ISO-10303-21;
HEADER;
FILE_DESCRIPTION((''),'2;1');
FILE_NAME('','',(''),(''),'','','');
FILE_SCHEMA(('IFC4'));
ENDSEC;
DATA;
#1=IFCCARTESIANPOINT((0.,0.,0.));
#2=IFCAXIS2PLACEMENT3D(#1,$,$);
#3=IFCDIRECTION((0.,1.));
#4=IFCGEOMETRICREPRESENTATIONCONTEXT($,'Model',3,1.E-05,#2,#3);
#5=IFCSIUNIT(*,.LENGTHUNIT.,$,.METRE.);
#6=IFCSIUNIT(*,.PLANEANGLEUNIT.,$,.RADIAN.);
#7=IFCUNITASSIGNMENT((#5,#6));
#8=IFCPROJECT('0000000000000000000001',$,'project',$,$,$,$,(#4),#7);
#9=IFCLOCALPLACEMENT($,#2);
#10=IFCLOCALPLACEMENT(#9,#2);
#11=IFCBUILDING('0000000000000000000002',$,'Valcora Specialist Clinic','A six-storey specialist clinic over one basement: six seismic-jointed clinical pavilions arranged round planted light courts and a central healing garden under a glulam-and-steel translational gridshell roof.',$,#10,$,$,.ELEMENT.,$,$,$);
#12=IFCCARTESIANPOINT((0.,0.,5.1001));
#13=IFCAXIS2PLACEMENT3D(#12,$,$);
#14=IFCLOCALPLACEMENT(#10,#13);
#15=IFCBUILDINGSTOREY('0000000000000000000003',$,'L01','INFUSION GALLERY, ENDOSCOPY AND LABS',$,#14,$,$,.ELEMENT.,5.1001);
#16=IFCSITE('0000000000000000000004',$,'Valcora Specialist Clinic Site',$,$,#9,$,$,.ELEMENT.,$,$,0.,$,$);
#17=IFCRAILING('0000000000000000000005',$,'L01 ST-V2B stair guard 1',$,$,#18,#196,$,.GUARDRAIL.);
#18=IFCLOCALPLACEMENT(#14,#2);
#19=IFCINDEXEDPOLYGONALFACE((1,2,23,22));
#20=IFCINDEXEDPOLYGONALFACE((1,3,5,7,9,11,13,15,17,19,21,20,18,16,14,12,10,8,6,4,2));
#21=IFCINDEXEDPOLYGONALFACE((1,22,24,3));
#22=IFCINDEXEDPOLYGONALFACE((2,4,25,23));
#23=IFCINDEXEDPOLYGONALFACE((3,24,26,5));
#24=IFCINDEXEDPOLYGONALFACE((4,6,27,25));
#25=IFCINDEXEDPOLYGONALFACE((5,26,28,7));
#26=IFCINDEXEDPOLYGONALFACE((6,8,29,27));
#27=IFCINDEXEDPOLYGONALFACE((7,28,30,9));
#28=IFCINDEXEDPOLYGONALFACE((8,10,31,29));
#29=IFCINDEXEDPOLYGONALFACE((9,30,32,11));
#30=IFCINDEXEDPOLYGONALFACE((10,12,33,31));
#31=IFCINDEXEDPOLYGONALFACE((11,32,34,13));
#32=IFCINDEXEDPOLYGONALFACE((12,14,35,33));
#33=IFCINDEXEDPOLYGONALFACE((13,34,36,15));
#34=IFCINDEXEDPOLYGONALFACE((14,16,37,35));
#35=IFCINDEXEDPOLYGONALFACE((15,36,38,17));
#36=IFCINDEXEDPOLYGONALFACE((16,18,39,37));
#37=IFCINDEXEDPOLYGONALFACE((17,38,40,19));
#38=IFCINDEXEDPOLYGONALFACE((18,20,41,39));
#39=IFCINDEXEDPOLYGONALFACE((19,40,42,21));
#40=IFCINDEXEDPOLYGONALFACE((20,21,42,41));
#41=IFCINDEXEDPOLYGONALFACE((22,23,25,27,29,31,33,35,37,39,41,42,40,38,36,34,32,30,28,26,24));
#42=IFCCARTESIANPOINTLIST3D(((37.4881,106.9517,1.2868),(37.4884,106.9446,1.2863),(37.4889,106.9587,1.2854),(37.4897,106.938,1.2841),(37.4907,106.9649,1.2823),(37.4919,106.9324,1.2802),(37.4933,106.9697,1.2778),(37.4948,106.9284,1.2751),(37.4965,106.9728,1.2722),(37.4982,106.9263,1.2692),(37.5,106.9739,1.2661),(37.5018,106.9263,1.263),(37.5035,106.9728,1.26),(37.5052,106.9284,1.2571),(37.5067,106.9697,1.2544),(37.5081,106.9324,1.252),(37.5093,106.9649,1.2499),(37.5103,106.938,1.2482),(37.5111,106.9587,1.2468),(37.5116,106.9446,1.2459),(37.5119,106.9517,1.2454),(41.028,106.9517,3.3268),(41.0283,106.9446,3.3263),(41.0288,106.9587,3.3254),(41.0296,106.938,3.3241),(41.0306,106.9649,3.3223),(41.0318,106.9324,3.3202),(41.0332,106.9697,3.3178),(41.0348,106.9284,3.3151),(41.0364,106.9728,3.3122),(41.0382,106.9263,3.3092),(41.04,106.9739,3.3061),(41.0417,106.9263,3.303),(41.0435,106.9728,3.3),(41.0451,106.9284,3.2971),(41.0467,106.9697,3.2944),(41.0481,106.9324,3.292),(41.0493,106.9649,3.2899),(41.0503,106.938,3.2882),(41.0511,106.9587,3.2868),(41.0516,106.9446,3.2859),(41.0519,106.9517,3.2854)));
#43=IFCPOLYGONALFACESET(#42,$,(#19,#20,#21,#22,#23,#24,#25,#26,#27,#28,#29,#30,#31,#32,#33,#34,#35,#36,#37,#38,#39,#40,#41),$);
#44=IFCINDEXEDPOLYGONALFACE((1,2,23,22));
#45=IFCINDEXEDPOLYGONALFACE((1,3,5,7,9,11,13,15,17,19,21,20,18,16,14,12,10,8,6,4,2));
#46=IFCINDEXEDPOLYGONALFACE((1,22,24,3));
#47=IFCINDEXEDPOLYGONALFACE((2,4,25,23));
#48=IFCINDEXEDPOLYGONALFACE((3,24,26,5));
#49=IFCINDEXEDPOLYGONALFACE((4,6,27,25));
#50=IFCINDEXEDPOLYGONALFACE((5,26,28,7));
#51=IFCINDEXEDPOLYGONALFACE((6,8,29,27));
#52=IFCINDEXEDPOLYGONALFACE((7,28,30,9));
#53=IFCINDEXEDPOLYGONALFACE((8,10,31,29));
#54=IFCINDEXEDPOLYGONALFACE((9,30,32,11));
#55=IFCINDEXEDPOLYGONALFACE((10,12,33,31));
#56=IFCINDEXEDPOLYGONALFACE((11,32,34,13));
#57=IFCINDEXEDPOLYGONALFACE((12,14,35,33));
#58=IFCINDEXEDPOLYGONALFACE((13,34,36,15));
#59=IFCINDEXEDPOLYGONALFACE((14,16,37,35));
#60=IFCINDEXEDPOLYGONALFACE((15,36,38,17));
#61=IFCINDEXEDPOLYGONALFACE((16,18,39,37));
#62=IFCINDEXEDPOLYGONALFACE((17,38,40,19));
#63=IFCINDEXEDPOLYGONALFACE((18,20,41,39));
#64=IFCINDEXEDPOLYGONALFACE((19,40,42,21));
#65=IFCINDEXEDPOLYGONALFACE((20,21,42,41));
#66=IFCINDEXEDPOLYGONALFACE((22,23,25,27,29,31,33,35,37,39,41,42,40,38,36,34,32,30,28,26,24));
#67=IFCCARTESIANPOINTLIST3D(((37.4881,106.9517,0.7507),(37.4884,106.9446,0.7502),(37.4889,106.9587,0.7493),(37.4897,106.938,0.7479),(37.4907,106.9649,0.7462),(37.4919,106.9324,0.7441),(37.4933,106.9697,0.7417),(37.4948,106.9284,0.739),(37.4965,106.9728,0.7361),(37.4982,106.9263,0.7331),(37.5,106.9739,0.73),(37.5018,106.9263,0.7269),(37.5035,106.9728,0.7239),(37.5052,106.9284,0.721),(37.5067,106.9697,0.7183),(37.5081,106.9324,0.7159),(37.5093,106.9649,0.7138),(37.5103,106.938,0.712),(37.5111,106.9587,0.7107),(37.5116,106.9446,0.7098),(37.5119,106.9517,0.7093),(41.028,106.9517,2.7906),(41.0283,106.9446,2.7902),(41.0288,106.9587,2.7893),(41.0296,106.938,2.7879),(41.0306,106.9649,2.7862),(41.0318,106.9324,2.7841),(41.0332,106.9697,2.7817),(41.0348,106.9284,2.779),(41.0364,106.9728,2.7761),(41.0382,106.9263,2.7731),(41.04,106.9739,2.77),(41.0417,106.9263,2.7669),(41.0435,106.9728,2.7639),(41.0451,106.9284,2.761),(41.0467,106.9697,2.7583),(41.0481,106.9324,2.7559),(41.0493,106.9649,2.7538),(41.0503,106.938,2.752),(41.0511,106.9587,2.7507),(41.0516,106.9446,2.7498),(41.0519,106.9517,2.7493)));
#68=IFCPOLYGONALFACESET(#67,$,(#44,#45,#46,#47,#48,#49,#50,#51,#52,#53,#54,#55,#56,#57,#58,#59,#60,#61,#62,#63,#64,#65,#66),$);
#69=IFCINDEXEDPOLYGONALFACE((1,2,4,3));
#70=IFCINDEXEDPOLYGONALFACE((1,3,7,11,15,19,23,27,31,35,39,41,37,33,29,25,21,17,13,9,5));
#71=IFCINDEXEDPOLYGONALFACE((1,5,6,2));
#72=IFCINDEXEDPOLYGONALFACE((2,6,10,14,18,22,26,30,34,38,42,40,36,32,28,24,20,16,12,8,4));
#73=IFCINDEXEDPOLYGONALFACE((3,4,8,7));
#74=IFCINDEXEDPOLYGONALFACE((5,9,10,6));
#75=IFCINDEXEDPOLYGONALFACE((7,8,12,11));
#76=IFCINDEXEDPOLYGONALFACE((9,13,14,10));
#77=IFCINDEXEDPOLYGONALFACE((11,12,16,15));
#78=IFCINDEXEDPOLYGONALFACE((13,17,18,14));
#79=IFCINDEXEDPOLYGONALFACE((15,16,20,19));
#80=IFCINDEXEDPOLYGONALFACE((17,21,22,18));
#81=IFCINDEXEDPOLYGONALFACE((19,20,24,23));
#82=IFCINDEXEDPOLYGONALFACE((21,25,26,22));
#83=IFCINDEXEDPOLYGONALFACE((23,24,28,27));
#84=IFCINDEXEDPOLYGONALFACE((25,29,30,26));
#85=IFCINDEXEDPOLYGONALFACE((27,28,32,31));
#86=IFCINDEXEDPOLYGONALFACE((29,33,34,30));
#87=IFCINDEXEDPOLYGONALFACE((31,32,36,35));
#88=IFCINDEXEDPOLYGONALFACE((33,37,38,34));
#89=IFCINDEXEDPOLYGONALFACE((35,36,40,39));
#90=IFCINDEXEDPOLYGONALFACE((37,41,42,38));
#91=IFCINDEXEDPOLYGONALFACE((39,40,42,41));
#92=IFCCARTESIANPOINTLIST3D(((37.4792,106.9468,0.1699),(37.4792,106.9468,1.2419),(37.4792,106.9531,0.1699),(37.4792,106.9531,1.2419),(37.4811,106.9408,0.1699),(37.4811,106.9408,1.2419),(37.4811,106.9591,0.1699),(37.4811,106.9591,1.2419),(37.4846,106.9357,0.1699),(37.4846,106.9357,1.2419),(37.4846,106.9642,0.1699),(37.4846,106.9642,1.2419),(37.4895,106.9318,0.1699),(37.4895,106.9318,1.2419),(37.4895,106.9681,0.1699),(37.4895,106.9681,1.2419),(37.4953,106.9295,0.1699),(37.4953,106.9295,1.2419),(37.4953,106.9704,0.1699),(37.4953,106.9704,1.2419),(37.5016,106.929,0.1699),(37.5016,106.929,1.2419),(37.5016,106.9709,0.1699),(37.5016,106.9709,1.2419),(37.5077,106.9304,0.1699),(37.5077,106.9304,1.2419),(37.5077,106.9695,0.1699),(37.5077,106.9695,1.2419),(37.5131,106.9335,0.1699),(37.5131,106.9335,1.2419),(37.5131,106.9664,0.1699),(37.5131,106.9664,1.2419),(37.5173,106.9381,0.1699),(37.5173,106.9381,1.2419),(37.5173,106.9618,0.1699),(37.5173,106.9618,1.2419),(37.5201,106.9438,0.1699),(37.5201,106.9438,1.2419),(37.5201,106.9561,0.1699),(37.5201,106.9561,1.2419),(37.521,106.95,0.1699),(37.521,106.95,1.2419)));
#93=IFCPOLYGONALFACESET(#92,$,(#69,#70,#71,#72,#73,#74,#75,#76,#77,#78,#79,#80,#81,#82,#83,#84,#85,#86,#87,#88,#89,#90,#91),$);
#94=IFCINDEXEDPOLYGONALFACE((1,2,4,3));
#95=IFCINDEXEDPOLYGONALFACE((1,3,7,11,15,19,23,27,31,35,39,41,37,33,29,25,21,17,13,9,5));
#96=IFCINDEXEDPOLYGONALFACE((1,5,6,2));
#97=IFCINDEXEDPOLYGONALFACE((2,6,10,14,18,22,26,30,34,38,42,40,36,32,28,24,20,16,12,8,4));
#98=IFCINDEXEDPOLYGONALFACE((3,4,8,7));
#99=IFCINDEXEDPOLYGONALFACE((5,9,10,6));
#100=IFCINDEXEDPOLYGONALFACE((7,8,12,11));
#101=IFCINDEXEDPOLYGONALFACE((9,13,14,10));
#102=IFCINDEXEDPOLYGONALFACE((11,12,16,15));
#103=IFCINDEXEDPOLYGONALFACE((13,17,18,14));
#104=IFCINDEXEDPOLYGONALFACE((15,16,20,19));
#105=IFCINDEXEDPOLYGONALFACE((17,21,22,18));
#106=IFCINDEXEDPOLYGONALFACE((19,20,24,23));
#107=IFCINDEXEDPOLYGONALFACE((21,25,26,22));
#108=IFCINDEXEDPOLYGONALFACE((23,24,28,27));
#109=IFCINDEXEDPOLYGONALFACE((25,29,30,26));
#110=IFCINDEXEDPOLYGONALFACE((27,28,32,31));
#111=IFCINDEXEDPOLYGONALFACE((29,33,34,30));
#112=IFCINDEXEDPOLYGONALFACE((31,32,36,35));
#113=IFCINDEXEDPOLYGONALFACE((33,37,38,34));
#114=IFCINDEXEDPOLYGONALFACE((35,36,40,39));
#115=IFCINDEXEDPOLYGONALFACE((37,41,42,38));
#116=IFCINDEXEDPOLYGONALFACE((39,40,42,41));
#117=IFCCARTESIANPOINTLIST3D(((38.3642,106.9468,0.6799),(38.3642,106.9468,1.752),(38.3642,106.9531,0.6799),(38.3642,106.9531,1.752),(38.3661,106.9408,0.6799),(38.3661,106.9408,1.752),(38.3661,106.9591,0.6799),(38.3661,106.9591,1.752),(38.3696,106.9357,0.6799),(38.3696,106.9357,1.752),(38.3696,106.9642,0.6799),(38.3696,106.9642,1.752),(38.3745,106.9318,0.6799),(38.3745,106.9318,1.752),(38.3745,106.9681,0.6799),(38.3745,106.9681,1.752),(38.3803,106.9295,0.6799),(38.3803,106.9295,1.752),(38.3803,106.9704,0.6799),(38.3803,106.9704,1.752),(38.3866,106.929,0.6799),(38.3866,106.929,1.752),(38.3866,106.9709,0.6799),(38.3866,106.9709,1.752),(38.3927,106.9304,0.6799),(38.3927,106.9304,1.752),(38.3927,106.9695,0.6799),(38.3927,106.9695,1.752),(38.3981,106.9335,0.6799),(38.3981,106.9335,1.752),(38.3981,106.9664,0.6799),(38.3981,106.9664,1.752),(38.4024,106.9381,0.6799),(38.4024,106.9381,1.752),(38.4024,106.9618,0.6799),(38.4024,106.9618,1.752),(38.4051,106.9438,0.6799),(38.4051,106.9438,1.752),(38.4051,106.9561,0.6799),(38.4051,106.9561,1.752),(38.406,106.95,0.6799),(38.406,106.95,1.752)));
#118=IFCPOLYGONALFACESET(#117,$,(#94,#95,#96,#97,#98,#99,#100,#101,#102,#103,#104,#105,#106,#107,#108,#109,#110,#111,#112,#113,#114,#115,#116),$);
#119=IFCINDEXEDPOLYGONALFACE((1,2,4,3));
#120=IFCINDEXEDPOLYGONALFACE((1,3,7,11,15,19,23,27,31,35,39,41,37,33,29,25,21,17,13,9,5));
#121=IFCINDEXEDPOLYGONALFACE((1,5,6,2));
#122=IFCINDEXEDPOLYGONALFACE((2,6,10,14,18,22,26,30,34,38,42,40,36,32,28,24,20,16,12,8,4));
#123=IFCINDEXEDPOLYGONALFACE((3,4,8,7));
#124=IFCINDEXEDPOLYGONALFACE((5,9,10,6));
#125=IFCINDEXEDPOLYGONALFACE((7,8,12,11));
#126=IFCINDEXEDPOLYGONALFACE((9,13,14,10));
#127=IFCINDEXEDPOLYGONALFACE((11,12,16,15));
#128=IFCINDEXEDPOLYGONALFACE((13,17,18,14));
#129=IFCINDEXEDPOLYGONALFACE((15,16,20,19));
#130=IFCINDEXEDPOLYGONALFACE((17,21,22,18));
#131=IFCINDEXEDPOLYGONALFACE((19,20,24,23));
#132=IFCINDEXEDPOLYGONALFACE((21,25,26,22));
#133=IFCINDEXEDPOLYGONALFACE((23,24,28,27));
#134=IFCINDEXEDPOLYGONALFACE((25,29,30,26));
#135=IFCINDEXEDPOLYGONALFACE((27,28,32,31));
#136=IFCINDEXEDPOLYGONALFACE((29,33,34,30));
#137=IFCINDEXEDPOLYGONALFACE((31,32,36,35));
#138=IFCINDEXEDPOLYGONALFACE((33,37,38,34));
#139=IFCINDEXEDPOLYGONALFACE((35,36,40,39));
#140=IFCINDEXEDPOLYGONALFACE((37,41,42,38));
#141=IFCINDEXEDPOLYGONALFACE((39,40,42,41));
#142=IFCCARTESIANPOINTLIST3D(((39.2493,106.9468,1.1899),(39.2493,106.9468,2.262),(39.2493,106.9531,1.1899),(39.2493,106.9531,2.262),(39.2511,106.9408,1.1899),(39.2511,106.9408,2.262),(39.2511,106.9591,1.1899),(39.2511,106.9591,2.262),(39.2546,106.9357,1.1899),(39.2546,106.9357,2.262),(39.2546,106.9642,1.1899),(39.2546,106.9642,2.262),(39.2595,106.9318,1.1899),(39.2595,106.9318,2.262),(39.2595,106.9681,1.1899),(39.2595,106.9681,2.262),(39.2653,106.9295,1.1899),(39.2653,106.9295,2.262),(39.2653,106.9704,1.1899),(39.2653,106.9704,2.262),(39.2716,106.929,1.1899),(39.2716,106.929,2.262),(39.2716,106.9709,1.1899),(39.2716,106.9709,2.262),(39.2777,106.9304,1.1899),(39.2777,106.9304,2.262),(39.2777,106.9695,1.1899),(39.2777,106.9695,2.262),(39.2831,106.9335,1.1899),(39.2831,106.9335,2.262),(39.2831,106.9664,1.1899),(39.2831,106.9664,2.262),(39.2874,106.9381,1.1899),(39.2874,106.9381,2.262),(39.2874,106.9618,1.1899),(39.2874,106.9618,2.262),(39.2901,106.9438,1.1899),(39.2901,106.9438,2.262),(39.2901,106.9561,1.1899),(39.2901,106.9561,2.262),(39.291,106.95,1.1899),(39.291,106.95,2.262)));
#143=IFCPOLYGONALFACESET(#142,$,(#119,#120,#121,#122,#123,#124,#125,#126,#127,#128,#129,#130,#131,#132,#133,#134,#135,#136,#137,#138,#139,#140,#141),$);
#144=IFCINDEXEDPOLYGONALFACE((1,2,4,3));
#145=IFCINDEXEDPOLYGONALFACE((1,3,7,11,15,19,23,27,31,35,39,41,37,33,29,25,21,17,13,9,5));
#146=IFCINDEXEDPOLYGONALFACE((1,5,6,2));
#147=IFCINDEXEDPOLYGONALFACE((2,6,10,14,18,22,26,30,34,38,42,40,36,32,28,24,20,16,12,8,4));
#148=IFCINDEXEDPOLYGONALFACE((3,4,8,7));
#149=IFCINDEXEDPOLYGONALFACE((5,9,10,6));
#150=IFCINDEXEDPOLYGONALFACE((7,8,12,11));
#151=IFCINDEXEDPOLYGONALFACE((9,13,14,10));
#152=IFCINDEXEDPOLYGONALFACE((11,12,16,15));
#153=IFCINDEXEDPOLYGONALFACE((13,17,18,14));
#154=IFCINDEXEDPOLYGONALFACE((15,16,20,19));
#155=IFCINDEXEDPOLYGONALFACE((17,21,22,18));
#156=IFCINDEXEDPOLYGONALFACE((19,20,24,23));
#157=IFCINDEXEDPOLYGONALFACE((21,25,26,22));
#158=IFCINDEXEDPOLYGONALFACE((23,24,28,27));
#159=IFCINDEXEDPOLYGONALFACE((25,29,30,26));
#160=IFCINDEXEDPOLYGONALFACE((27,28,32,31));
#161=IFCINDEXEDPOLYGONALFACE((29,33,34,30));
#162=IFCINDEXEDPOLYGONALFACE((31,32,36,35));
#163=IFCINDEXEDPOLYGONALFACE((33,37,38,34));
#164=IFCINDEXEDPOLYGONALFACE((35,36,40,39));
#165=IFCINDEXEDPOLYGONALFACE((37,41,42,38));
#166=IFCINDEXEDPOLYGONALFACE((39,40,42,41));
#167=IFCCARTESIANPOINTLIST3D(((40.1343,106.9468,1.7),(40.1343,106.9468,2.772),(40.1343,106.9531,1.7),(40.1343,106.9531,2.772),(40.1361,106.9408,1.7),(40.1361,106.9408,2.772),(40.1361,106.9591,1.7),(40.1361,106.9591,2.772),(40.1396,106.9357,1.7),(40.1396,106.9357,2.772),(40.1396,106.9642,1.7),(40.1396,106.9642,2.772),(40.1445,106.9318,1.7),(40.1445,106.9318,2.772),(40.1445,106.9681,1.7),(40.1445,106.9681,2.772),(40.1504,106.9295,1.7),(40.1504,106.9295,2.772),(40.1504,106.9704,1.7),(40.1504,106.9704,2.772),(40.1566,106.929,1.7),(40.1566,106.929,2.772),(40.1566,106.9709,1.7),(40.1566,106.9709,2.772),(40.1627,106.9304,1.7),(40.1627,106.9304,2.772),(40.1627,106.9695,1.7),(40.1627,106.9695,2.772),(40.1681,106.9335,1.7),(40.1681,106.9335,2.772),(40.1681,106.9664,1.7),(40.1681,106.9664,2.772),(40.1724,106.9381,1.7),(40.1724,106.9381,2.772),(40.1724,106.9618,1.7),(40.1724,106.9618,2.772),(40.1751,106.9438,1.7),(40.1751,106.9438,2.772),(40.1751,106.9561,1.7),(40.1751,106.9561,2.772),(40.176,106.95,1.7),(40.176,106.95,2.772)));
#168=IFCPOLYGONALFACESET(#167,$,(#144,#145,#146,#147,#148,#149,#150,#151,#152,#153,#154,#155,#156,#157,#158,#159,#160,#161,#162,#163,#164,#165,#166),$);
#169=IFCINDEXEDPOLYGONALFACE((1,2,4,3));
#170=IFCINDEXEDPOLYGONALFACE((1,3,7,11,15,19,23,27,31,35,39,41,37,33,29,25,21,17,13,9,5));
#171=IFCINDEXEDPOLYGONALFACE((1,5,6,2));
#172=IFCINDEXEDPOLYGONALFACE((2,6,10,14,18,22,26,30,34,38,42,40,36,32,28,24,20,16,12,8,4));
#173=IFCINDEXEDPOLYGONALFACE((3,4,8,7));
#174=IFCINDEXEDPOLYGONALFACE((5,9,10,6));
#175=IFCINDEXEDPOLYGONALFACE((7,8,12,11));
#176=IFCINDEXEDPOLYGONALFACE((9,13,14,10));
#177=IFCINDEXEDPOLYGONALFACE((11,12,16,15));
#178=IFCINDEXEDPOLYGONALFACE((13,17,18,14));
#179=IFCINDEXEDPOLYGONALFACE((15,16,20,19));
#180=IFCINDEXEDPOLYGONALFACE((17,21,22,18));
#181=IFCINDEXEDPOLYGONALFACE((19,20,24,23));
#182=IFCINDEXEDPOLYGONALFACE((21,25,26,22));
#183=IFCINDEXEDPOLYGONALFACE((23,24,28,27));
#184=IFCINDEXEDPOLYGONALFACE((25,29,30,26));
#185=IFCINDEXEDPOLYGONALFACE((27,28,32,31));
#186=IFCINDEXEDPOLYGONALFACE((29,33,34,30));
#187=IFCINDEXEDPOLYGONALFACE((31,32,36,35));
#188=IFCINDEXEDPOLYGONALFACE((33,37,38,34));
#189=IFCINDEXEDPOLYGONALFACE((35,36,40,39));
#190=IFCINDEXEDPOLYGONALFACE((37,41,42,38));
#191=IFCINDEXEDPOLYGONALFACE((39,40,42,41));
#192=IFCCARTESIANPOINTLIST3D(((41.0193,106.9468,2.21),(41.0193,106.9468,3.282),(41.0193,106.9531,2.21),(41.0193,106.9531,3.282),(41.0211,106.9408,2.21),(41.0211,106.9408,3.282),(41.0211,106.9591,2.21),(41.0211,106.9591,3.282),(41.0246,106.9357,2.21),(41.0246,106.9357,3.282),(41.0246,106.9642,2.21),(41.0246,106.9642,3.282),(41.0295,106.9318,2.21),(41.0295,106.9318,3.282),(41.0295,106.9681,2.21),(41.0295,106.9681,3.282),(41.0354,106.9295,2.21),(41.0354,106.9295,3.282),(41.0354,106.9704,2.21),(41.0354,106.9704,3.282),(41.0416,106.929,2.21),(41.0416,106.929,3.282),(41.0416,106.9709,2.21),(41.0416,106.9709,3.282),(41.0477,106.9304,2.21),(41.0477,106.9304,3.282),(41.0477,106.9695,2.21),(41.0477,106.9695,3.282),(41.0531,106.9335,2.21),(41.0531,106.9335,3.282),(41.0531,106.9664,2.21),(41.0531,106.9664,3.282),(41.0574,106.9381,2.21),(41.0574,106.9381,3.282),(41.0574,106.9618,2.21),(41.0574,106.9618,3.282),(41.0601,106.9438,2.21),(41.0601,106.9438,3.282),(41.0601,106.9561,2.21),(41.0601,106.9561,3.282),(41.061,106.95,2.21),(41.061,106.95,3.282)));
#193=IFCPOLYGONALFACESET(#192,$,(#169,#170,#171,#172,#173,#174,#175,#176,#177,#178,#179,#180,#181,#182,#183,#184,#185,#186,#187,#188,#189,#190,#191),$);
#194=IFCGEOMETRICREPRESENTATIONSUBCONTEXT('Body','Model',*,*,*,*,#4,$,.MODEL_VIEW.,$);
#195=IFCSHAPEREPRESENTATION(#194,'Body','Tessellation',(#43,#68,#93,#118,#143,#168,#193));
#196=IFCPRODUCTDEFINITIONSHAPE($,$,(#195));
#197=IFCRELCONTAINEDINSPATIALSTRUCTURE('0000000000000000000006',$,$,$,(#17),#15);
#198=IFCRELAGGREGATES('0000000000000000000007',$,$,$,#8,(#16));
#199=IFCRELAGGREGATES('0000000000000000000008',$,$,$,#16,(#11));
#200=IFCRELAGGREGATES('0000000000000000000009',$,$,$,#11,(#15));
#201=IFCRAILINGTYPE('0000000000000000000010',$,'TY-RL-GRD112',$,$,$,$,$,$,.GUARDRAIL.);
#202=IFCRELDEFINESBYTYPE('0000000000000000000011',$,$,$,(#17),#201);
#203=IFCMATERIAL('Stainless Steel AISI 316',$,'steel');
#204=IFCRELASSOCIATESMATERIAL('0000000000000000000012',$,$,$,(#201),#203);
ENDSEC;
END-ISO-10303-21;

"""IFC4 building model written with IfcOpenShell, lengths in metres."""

from ifc_helpers import new_model, si_unit, direction, frame, origin, origin_2d, place, context, subcontext, project, spatial, circle, extrude, material, type_object, element, save


model = new_model("IFC4")

# Units and contexts
model_context = context("Model", 3, precision=1e-05, world=origin(), true_north=direction((0.0, 1.0)))
body_context = subcontext(model_context, "Body", "Model", "MODEL_VIEW")
ifc_project = project(units=[si_unit("LENGTHUNIT", "METRE"), si_unit("PLANEANGLEUNIT", "RADIAN")], contexts=[model_context])

# Site, building, storey
site_placement = place(None, origin())
site = spatial("IfcSite", under=ifc_project, at=site_placement, Name="Valcora Specialist Clinic Site", CompositionType="ELEMENT", RefElevation=0.0)
building_placement = place(site_placement, origin())
building = spatial("IfcBuilding", under=site, at=building_placement, Name="Valcora Specialist Clinic", Description="A six-storey specialist clinic over one basement: six seismic-jointed clinical pavilions arranged round planted light courts and a central healing garden under a glulam-and-steel translational gridshell roof.", CompositionType="ELEMENT")
storey_placement = place(building_placement, frame((0.0, 0.0, 5.1001)))
storey = spatial("IfcBuildingStorey", under=building, at=storey_placement, Name="L01", Description="INFUSION GALLERY, ENDOSCOPY AND LABS", CompositionType="ELEMENT", Elevation=5.1001)

# Railing
ifc_material_1 = material(Name="Stainless Steel AISI 316", Category="steel")
railing_type_1 = type_object("IfcRailingType", Name="TY-RL-GRD112", PredefinedType="GUARDRAIL", material=ifc_material_1)
railing_1_placement = place(storey_placement, frame((37.5, 106.95, 0.1699)))
element("IfcRailing", 1, at=railing_1_placement, inside=storey, type_object=railing_type_1, Name="L01 ST-V2B stair guard 1", PredefinedType="GUARDRAIL", context=body_context, shape_type="SweptSolid", body=[
    extrude(circle(Radius=0.0239, at=origin_2d()), frame((0.0, 0.0, 1.0962), z_axis=(0.866428, 0.0, 0.499302), x_axis=(0.0, 1.0, 0.0)), (0.0, 0.0, 1.0), 4.0857),
    extrude(circle(Radius=0.0239, at=origin_2d()), frame((0.0, 0.0, 0.5601), z_axis=(0.866428, 0.0, 0.499302), x_axis=(0.0, 1.0, 0.0)), (0.0, 0.0, 1.0), 4.0857),
    extrude(circle(Radius=0.021, at=origin_2d()), origin(), (0.0, 0.0, 1.0), 1.072),
    extrude(circle(Radius=0.021, at=origin_2d()), frame((0.885, 0.0, 0.51)), (0.0, 0.0, 1.0), 1.072),
    extrude(circle(Radius=0.021, at=origin_2d()), frame((1.77, 0.0, 1.02)), (0.0, 0.0, 1.0), 1.072),
    extrude(circle(Radius=0.021, at=origin_2d()), frame((2.655, 0.0, 1.53)), (0.0, 0.0, 1.0), 1.072),
    extrude(circle(Radius=0.021, at=origin_2d()), frame((3.54, 0.0, 2.04)), (0.0, 0.0, 1.0), 1.072),
])

save(model, "model.ifc")
